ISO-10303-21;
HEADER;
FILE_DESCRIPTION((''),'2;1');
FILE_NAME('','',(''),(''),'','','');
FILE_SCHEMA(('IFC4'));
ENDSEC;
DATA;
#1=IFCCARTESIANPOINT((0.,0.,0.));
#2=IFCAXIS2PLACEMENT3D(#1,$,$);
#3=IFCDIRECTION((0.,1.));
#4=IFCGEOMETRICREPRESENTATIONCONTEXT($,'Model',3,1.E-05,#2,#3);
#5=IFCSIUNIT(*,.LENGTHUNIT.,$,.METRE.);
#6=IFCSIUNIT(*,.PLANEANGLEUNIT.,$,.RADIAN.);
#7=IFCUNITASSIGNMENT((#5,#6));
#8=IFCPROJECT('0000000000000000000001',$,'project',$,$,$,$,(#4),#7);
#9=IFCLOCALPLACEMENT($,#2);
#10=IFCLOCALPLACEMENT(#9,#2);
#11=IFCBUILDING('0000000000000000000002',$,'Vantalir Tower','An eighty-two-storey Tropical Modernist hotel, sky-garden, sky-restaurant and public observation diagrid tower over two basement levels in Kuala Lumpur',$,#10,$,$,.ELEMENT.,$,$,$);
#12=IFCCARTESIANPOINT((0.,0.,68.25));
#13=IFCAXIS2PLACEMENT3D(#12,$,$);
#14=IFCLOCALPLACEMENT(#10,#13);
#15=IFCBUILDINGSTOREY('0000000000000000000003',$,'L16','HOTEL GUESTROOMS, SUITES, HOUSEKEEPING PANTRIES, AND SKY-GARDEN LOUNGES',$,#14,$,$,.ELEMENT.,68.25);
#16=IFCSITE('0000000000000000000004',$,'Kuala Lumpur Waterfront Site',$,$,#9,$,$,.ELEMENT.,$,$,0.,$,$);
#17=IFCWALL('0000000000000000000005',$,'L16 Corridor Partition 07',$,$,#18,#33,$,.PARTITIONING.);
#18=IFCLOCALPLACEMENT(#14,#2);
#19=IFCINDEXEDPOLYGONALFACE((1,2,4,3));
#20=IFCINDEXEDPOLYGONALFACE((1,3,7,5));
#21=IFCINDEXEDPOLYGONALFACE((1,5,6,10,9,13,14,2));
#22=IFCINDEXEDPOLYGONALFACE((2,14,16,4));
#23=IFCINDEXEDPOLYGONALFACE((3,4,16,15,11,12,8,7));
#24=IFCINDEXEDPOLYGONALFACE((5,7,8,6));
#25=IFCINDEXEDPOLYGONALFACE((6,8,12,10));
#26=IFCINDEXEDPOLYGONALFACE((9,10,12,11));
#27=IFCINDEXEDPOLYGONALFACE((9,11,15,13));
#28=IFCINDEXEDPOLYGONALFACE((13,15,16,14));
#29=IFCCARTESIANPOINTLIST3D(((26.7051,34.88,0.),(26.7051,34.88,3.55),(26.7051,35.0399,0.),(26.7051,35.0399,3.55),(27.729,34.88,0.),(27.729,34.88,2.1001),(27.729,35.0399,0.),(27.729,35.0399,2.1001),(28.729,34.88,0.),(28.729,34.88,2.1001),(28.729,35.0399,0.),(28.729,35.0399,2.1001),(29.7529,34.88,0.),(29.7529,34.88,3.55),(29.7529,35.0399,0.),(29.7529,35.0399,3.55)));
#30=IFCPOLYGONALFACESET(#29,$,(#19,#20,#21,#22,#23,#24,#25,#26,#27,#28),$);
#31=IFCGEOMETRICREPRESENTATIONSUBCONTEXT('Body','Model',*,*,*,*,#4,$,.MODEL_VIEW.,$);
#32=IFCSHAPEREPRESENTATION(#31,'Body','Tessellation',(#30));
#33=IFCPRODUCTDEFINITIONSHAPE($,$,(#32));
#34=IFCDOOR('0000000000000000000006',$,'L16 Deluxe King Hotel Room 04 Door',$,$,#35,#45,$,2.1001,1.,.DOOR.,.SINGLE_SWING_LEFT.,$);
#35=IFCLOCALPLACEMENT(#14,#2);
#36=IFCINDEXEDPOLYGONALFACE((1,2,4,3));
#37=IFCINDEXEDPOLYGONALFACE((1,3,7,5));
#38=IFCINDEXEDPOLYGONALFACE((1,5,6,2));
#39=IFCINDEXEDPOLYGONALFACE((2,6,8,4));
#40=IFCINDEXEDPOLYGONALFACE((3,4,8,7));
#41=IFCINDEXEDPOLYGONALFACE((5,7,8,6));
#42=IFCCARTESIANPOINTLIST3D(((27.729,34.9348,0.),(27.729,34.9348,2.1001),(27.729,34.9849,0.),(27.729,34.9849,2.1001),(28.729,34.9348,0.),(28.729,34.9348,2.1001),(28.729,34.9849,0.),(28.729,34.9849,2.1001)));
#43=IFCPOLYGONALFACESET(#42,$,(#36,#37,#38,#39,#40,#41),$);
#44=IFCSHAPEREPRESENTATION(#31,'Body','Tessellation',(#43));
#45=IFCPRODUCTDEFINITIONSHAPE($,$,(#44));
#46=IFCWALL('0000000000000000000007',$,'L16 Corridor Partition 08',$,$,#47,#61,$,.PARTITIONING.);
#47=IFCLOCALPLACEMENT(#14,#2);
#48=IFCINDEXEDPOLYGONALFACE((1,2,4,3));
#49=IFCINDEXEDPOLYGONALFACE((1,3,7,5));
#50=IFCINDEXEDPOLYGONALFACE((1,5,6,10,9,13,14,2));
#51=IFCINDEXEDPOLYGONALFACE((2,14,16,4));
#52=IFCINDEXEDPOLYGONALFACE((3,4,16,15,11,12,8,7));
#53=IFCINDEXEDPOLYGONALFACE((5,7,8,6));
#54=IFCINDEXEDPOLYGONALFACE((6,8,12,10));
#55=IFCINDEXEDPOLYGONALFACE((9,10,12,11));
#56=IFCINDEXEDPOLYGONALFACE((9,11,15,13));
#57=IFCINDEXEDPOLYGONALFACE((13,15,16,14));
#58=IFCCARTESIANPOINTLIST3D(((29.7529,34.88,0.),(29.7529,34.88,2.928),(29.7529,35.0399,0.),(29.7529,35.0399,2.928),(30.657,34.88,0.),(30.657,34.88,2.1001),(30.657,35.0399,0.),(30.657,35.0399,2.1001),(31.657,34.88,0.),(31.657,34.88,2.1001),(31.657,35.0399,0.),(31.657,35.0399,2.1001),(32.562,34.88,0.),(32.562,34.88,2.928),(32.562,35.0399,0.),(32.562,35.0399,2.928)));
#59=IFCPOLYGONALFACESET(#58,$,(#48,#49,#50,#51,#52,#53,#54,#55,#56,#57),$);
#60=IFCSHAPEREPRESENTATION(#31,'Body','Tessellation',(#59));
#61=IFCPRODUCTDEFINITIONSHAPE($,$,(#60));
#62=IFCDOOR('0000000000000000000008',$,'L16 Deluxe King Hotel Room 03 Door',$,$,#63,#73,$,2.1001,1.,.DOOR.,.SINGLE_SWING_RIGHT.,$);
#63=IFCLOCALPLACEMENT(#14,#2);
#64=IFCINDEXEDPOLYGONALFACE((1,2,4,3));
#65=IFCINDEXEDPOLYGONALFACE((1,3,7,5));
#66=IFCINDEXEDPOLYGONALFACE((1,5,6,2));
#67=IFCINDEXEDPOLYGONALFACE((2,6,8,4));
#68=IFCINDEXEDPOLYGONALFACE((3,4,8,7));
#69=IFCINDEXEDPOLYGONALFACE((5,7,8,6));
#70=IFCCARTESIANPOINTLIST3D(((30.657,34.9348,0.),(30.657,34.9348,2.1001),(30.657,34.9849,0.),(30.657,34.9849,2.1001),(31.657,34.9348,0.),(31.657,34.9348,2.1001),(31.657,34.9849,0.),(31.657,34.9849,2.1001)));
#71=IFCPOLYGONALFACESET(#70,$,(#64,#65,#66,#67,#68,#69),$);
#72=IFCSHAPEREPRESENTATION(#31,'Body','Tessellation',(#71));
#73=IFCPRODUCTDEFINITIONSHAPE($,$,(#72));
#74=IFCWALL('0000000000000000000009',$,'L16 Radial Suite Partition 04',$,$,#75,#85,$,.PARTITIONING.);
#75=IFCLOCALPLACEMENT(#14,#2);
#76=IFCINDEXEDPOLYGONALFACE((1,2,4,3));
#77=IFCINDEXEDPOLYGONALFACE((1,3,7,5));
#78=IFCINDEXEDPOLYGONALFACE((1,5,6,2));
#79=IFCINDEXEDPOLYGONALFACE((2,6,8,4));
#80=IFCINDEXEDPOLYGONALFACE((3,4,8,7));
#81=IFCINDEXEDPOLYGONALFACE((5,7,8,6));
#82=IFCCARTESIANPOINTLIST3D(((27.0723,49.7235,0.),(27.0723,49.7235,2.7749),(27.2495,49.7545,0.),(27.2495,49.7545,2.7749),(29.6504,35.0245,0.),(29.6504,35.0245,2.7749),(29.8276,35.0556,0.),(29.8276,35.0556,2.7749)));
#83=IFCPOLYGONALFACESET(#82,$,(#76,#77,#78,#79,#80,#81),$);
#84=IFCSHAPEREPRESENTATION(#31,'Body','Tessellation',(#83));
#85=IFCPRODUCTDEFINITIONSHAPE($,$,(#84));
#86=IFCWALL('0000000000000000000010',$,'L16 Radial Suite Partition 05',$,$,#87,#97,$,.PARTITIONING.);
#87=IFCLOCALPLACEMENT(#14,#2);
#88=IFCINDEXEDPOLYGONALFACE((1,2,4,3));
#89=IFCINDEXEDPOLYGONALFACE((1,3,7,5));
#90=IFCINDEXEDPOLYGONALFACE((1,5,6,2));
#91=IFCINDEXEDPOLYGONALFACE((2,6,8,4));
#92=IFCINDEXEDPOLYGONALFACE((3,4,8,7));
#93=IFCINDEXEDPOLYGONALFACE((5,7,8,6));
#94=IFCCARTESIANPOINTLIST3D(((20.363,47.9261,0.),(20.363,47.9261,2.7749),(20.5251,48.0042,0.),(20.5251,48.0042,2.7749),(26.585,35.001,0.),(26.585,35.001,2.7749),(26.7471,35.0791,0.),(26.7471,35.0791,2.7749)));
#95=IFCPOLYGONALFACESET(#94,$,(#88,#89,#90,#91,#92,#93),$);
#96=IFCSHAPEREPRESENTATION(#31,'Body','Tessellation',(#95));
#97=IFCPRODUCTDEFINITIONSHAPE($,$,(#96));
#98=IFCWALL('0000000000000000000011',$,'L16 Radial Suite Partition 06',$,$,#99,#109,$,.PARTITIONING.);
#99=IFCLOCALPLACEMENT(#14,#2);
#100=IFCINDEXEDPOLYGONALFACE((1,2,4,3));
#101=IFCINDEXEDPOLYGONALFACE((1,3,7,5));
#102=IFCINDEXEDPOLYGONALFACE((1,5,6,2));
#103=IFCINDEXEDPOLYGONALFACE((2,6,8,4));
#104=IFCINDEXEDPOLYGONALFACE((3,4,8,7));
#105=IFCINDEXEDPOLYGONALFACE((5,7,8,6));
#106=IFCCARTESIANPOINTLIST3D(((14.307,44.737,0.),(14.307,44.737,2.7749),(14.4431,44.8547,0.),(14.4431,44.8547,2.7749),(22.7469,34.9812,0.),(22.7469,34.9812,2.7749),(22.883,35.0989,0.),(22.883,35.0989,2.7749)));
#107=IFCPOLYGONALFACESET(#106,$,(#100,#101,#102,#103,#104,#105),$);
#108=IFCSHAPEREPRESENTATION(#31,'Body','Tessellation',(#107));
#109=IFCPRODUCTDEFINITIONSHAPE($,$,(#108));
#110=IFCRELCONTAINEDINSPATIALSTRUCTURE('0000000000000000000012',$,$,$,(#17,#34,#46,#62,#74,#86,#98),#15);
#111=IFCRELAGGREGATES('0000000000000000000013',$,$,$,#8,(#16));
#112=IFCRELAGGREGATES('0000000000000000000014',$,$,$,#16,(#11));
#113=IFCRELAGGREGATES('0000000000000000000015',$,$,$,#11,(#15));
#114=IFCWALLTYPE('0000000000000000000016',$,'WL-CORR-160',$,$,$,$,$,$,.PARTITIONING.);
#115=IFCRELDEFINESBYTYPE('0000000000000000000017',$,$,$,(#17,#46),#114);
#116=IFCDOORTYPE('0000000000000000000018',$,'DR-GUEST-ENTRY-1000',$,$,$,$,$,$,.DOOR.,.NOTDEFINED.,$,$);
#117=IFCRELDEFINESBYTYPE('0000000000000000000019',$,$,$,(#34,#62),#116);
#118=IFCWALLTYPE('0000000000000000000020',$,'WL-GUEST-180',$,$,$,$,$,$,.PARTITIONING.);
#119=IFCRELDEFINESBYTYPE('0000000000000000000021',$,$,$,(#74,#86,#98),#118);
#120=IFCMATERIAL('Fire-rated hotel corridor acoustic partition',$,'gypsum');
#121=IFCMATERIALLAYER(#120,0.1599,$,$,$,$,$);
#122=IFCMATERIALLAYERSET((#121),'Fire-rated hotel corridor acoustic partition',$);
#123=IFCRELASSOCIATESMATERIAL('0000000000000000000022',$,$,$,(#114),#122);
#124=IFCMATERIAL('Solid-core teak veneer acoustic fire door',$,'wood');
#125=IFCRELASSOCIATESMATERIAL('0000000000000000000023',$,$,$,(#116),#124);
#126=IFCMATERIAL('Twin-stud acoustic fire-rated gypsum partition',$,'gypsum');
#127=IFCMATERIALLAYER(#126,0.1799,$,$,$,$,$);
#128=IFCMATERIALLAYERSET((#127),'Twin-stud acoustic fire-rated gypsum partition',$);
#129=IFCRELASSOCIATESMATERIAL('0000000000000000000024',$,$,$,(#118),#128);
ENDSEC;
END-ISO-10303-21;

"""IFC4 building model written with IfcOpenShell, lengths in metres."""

from ifc_helpers import new_model, si_unit, direction, frame, frame_2d, origin, place, context, subcontext, project, spatial, rectangle, extrude, material, layer, layer_set, type_object, element, fill, save


model = new_model("IFC4")

# Units and contexts
model_context = context("Model", 3, precision=1e-05, world=origin(), true_north=direction((0.0, 1.0)))
body_context = subcontext(model_context, "Body", "Model", "MODEL_VIEW")
ifc_project = project(units=[si_unit("LENGTHUNIT", "METRE"), si_unit("PLANEANGLEUNIT", "RADIAN")], contexts=[model_context])

# Site, building, storey
site_placement = place(None, origin())
site = spatial("IfcSite", under=ifc_project, at=site_placement, Name="Kuala Lumpur Waterfront Site", CompositionType="ELEMENT", RefElevation=0.0)
building_placement = place(site_placement, origin())
building = spatial("IfcBuilding", under=site, at=building_placement, Name="Vantalir Tower", Description="An eighty-two-storey Tropical Modernist hotel, sky-garden, sky-restaurant and public observation diagrid tower over two basement levels in Kuala Lumpur", CompositionType="ELEMENT")
storey_placement = place(building_placement, frame((0.0, 0.0, 68.25)))
storey = spatial("IfcBuildingStorey", under=building, at=storey_placement, Name="L16", Description="HOTEL GUESTROOMS, SUITES, HOUSEKEEPING PANTRIES, AND SKY-GARDEN LOUNGES", CompositionType="ELEMENT", Elevation=68.25)

# Walls, openings, doors
ifc_material_1 = material(Name="Fire-rated hotel corridor acoustic partition", Category="gypsum")
ifc_layer_1 = layer(ifc_material_1, 0.1599)
ifc_layer_set_1 = layer_set([ifc_layer_1], Name="Fire-rated hotel corridor acoustic partition")
wall_type_1 = type_object("IfcWallType", Name="WL-CORR-160", PredefinedType="PARTITIONING", material=ifc_layer_set_1)
ifc_material_2 = material(Name="Solid-core teak veneer acoustic fire door", Category="wood")
door_type_1 = type_object("IfcDoorType", Name="DR-GUEST-ENTRY-1000", OperationType="NOTDEFINED", PredefinedType="DOOR", material=ifc_material_2)
wall_1_placement = place(storey_placement, frame((26.7051, 34.96, 0.0), z_axis=(0.0, 0.0, 1.0), x_axis=(1.0, 0.0, 0.0)))
wall_1 = element("IfcWall", 1, at=wall_1_placement, inside=storey, type_object=wall_type_1, Name="L16 Corridor Partition 07", PredefinedType="PARTITIONING", context=body_context, shape_type="SweptSolid", body=[
    extrude(rectangle(XDim=3.0479, YDim=0.1599, at=frame_2d((1.5239, 0.0))), origin(), (0.0, 0.0, 1.0), 3.55),
])
opening_1_placement = place(wall_1_placement, frame((1.0239, 0.0, 0.0)))
opening_1 = element("IfcOpeningElement", 2, at=opening_1_placement, cuts=wall_1, PredefinedType="OPENING", context=body_context, shape_type="SweptSolid", body=[
    extrude(rectangle(XDim=1.0, YDim=2.1001, at=frame_2d((0.5, 1.05))), frame((0.0, 0.0898, 0.0), z_axis=(0.0, -1.0, 0.0), x_axis=(1.0, 0.0, 0.0)), (0.0, 0.0, 1.0), 0.1799),
])
door_1_placement = place(opening_1_placement, origin())
door_1 = element("IfcDoor", 3, at=door_1_placement, inside=storey, type_object=door_type_1, Name="L16 Deluxe King Hotel Room 04 Door", OperationType="SINGLE_SWING_LEFT", OverallHeight=2.1001, OverallWidth=1.0, PredefinedType="DOOR", context=body_context, shape_type="SweptSolid", body=[
    extrude(rectangle(XDim=1.0, YDim=2.1001, at=frame_2d((0.5, 1.05))), frame((0.0, 0.0249, 0.0), z_axis=(0.0, -1.0, 0.0), x_axis=(1.0, 0.0, 0.0)), (0.0, 0.0, 1.0), 0.05),
])
fill(opening_1, door_1)
wall_2_placement = place(storey_placement, frame((29.7529, 34.96, 0.0), z_axis=(0.0, 0.0, 1.0), x_axis=(1.0, 0.0, 0.0)))
wall_2 = element("IfcWall", 4, at=wall_2_placement, inside=storey, type_object=wall_type_1, Name="L16 Corridor Partition 08", PredefinedType="PARTITIONING", context=body_context, shape_type="SweptSolid", body=[
    extrude(rectangle(XDim=2.8091, YDim=0.1599, at=frame_2d((1.4045, 0.0))), origin(), (0.0, 0.0, 1.0), 2.928),
])
opening_2_placement = place(wall_2_placement, frame((0.9041, 0.0, 0.0)))
opening_2 = element("IfcOpeningElement", 5, at=opening_2_placement, cuts=wall_2, PredefinedType="OPENING", context=body_context, shape_type="SweptSolid", body=[
    extrude(rectangle(XDim=1.0, YDim=2.1001, at=frame_2d((0.5, 1.05))), frame((0.0, 0.0898, 0.0), z_axis=(0.0, -1.0, 0.0), x_axis=(1.0, 0.0, 0.0)), (0.0, 0.0, 1.0), 0.1799),
])
door_2_placement = place(opening_2_placement, origin())
door_2 = element("IfcDoor", 6, at=door_2_placement, inside=storey, type_object=door_type_1, Name="L16 Deluxe King Hotel Room 03 Door", OperationType="SINGLE_SWING_RIGHT", OverallHeight=2.1001, OverallWidth=1.0, PredefinedType="DOOR", context=body_context, shape_type="SweptSolid", body=[
    extrude(rectangle(XDim=1.0, YDim=2.1001, at=frame_2d((0.5, 1.05))), frame((0.0, 0.0249, 0.0), z_axis=(0.0, -1.0, 0.0), x_axis=(1.0, 0.0, 0.0)), (0.0, 0.0, 1.0), 0.05),
])
fill(opening_2, door_2)

# Walls
ifc_material_3 = material(Name="Twin-stud acoustic fire-rated gypsum partition", Category="gypsum")
ifc_layer_2 = layer(ifc_material_3, 0.1799)
ifc_layer_set_2 = layer_set([ifc_layer_2], Name="Twin-stud acoustic fire-rated gypsum partition")
wall_type_2 = type_object("IfcWallType", Name="WL-GUEST-180", PredefinedType="PARTITIONING", material=ifc_layer_set_2)
wall_3_placement = place(storey_placement, frame((29.739, 35.04, 0.0), z_axis=(0.0, 0.0, 1.0), x_axis=(-0.172758, 0.984964, 0.0)))
element("IfcWall", 7, at=wall_3_placement, inside=storey, type_object=wall_type_2, Name="L16 Radial Suite Partition 04", PredefinedType="PARTITIONING", context=body_context, shape_type="SweptSolid", body=[
    extrude(rectangle(XDim=14.9233, YDim=0.1799, at=frame_2d((7.4617, 0.0))), origin(), (0.0, 0.0, 1.0), 2.7749),
])
wall_4_placement = place(storey_placement, frame((26.666, 35.04, 0.0), z_axis=(0.0, 0.0, 1.0), x_axis=(-0.433745, 0.901036, 0.0)))
element("IfcWall", 8, at=wall_4_placement, inside=storey, type_object=wall_type_2, Name="L16 Radial Suite Partition 05", PredefinedType="PARTITIONING", context=body_context, shape_type="SweptSolid", body=[
    extrude(rectangle(XDim=14.3447, YDim=0.1799, at=frame_2d((7.1724, 0.0))), origin(), (0.0, 0.0, 1.0), 2.7749),
])
wall_5_placement = place(storey_placement, frame((22.8149, 35.04, 0.0), z_axis=(0.0, 0.0, 1.0), x_axis=(-0.65426, 0.75627, 0.0)))
element("IfcWall", 9, at=wall_5_placement, inside=storey, type_object=wall_type_2, Name="L16 Radial Suite Partition 06", PredefinedType="PARTITIONING", context=body_context, shape_type="SweptSolid", body=[
    extrude(rectangle(XDim=12.8999, YDim=0.1799, at=frame_2d((6.45, 0.0))), origin(), (0.0, 0.0, 1.0), 2.7749),
])

save(model, "model.ifc")
